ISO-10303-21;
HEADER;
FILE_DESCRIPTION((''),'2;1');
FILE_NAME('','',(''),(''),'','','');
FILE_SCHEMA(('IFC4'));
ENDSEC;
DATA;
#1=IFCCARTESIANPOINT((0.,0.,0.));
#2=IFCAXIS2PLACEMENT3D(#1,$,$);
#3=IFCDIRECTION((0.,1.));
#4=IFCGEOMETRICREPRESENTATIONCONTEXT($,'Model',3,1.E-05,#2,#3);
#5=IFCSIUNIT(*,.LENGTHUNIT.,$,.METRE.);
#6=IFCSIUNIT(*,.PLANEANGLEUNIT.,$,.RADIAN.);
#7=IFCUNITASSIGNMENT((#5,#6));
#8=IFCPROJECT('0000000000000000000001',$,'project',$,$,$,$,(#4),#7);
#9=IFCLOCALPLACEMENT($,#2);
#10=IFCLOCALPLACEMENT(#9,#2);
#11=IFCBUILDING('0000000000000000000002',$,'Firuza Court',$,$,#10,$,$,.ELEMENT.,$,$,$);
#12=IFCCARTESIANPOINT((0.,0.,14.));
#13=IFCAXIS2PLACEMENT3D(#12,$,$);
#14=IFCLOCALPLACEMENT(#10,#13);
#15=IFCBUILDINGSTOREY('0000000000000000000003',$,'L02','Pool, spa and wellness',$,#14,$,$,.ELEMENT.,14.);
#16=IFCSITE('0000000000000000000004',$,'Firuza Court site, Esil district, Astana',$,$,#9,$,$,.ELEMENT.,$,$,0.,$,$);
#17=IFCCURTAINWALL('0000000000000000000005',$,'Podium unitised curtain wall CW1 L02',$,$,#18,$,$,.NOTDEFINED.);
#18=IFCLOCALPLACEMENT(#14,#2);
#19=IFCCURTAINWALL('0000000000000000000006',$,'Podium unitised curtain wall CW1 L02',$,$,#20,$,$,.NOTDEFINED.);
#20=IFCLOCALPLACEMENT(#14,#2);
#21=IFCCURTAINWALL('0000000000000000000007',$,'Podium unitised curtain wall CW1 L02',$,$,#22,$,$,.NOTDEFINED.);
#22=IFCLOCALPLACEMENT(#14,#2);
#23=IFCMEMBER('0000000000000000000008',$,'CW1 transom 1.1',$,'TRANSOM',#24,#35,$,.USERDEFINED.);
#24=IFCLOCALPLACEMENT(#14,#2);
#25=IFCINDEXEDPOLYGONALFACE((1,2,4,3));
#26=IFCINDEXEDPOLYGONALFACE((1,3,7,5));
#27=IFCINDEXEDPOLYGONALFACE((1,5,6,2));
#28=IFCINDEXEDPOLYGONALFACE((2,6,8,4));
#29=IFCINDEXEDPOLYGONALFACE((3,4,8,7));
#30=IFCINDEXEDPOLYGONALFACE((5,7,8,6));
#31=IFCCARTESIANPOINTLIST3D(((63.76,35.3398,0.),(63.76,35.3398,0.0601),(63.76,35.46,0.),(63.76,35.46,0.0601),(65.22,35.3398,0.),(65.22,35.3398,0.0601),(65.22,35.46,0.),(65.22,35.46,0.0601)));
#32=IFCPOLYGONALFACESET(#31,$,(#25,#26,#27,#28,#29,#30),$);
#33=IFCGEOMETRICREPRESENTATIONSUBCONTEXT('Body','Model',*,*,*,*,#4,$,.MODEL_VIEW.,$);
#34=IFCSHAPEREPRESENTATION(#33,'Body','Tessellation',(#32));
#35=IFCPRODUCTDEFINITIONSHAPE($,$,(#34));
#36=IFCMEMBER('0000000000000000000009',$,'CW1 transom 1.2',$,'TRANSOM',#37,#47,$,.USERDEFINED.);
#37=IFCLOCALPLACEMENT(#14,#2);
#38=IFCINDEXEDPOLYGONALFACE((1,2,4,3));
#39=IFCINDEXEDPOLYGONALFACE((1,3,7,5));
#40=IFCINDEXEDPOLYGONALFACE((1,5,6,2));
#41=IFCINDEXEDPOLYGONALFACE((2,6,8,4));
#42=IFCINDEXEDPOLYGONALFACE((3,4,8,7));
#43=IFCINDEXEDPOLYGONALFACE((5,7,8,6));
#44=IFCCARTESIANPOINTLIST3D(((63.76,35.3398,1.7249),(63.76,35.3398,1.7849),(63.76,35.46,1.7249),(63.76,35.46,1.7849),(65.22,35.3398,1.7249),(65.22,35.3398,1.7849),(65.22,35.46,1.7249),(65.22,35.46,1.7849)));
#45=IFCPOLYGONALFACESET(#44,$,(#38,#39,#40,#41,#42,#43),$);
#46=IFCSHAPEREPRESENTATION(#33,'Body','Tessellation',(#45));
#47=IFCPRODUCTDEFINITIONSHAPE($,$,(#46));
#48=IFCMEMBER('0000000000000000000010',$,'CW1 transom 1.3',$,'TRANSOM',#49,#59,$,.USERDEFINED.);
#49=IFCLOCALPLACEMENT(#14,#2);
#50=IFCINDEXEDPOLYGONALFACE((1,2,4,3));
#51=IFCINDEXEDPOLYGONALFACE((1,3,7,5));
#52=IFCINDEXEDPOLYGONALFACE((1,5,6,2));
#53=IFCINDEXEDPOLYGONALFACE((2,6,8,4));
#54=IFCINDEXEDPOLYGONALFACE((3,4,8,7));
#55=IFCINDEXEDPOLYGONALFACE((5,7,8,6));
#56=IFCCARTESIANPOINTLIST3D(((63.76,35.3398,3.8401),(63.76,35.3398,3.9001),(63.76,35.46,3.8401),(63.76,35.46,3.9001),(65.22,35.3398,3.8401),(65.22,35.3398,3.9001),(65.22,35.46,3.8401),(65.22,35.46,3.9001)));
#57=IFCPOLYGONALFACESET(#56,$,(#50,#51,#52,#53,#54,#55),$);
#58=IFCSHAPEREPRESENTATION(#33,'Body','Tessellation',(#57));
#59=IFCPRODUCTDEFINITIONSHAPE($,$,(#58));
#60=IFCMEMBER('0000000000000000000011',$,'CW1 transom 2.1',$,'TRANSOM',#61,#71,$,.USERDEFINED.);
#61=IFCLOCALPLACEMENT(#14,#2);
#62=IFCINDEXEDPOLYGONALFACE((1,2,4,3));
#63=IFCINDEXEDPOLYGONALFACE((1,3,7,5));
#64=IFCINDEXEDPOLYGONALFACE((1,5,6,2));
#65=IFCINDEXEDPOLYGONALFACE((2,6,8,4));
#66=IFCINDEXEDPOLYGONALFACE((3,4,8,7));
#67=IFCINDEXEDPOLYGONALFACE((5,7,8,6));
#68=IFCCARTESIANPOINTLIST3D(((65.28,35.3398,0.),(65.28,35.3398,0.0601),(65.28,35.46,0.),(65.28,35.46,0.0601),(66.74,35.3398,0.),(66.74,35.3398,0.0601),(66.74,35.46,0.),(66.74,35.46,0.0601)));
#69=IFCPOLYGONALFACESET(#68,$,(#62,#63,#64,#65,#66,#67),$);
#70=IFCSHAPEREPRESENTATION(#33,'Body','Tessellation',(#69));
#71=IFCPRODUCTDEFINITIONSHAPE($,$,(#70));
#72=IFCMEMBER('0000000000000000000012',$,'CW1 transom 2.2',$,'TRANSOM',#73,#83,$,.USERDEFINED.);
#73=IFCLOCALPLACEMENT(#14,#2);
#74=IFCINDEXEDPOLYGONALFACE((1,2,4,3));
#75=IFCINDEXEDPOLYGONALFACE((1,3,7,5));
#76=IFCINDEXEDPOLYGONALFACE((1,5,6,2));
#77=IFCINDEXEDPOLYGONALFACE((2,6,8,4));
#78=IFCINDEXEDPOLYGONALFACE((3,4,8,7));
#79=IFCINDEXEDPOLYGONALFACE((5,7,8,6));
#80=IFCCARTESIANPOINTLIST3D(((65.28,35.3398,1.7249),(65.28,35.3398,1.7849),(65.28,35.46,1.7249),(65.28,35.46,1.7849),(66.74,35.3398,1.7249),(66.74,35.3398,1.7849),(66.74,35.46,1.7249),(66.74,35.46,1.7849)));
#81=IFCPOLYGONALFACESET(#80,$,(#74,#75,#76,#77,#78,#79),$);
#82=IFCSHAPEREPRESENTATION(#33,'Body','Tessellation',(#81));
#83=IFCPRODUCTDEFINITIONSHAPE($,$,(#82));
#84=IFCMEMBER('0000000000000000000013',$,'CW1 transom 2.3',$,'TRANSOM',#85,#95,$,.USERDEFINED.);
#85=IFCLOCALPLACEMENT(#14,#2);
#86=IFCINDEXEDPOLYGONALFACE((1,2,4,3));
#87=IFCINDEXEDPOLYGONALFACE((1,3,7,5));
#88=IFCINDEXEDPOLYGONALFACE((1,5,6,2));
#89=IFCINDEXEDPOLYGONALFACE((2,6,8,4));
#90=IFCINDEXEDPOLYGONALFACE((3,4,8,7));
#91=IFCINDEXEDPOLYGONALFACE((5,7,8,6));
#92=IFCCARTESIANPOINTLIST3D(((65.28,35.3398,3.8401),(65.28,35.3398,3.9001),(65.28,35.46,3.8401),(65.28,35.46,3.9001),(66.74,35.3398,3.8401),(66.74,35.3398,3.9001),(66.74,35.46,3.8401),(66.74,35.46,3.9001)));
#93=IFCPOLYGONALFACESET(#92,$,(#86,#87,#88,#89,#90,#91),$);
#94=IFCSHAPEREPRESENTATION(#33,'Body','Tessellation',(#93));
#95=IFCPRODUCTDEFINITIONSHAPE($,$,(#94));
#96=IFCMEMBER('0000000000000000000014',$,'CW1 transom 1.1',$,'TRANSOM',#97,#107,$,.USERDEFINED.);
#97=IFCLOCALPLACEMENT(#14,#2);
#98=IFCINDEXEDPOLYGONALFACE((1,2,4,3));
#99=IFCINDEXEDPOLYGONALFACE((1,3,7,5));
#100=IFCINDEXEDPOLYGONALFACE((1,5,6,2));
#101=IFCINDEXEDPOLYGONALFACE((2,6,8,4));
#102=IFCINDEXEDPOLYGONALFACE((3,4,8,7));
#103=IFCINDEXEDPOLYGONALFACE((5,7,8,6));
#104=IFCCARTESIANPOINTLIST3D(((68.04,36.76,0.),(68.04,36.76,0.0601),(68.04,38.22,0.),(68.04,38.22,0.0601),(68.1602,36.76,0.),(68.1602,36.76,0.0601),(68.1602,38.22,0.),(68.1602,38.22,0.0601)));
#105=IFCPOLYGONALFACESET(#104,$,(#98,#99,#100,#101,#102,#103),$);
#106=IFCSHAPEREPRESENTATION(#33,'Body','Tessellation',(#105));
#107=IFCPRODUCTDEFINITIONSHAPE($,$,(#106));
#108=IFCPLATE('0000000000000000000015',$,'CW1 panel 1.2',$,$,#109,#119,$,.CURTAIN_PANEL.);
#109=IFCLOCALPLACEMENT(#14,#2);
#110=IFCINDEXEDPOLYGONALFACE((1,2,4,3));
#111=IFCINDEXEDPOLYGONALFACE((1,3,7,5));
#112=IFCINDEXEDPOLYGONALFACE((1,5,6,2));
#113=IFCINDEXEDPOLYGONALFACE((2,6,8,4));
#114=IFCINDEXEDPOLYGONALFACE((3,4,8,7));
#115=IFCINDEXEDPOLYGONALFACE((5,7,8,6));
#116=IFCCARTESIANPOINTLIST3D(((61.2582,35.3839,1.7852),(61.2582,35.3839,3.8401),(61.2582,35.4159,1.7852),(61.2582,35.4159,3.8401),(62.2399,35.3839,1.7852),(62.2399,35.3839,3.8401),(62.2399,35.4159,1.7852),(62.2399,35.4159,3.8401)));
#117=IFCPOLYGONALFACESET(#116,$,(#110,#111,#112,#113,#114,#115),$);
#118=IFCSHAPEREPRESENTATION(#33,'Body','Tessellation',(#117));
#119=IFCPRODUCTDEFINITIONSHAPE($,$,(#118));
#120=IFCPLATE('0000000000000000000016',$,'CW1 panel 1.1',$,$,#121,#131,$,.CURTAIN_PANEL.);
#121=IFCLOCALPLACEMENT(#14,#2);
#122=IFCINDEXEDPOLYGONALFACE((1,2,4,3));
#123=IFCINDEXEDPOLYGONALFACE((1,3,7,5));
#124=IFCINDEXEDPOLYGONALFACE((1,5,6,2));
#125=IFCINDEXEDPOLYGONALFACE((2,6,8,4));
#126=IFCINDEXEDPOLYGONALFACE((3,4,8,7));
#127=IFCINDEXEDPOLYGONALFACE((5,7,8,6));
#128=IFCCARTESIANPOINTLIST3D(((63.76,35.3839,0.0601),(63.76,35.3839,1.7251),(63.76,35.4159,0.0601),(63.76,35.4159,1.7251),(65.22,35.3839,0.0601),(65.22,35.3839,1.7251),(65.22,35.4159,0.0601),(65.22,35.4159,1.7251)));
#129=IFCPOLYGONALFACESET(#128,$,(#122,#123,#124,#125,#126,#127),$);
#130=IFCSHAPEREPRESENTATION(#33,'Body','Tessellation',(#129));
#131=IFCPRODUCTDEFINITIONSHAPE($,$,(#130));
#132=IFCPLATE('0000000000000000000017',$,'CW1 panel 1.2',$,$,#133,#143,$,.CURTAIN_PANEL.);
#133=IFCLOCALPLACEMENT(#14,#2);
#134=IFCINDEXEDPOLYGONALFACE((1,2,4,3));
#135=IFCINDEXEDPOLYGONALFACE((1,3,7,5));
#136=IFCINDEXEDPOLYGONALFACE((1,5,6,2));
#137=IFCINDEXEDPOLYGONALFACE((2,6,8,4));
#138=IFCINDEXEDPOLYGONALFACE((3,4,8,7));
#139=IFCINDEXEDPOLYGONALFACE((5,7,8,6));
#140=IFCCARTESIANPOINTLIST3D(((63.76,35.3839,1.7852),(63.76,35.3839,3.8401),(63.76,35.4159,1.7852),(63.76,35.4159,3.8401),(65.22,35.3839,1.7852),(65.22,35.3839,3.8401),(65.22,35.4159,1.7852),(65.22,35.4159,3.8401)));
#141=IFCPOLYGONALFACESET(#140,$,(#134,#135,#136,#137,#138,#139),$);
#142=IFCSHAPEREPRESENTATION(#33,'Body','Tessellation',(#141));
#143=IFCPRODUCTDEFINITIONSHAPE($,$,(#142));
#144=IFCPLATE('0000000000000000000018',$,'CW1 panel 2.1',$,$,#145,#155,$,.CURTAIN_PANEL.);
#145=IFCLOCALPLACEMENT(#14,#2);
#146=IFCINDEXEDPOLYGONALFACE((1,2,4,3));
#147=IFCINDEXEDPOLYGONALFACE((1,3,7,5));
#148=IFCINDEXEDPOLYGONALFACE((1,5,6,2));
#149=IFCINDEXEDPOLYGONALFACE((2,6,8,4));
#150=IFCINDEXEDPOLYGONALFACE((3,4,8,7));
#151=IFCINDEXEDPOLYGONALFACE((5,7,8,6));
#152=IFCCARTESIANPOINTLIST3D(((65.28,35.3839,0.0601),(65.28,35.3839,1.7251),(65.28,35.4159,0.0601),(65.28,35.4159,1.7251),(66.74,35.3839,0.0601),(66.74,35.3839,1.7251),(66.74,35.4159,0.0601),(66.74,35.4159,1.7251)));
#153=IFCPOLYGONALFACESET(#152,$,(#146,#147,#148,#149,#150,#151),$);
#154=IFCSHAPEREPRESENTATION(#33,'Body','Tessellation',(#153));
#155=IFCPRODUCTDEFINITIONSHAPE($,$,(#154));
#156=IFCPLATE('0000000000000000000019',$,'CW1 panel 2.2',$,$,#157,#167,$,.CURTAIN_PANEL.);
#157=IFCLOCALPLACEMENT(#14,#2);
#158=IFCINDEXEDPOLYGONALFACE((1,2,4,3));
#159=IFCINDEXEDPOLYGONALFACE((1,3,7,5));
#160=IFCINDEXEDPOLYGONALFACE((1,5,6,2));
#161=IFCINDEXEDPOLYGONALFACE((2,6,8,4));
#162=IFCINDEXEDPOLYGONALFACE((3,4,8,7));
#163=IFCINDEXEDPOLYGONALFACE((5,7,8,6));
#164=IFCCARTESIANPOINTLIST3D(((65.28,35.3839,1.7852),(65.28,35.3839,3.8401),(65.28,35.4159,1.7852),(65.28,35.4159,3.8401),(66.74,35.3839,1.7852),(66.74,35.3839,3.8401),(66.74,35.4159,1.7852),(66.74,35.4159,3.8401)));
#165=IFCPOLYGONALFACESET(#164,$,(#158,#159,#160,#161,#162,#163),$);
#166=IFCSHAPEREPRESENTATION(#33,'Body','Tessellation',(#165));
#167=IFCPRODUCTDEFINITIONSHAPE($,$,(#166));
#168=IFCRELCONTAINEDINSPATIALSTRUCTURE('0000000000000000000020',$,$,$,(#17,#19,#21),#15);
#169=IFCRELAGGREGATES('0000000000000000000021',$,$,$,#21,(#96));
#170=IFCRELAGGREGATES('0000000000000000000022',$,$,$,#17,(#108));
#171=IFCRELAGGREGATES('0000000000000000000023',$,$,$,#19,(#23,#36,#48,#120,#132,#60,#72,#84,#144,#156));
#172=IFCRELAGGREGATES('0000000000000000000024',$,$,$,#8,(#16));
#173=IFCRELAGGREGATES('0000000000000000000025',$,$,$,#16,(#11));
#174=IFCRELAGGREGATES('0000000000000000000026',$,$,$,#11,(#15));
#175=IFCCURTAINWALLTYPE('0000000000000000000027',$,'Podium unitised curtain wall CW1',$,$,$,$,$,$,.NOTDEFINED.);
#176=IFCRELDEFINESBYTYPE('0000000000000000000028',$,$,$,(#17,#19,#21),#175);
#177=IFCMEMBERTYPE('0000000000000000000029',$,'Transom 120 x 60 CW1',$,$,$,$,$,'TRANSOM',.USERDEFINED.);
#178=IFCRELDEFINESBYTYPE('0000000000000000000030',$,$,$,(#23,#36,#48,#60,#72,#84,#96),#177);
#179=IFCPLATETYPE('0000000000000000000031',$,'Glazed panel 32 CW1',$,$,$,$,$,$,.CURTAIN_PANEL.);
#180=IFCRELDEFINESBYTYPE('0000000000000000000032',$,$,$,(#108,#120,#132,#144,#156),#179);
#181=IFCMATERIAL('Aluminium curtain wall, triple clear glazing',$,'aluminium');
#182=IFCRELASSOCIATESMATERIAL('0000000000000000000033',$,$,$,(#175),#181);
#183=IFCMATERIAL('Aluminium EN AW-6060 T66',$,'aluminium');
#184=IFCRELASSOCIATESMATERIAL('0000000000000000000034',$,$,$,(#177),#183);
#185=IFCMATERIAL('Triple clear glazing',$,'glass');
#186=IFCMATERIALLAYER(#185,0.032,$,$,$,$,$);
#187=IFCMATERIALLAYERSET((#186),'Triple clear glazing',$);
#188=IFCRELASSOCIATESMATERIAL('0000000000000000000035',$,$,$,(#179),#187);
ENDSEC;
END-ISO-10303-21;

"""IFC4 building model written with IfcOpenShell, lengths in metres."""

from ifc_helpers import new_model, si_unit, direction, frame, origin, origin_2d, place, context, subcontext, project, spatial, rectangle, extrude, material, layer, layer_set, material_profile, profile_set, type_object, element, aggregate, save


model = new_model("IFC4")

# Units and contexts
model_context = context("Model", 3, precision=1e-05, world=origin(), true_north=direction((0.0, 1.0)))
body_context = subcontext(model_context, "Body", "Model", "MODEL_VIEW")
ifc_project = project(units=[si_unit("LENGTHUNIT", "METRE"), si_unit("PLANEANGLEUNIT", "RADIAN")], contexts=[model_context])

# Site, building, storey
site_placement = place(None, origin())
site = spatial("IfcSite", under=ifc_project, at=site_placement, Name="Firuza Court site, Esil district, Astana", CompositionType="ELEMENT", RefElevation=0.0)
building_placement = place(site_placement, origin())
building = spatial("IfcBuilding", under=site, at=building_placement, Name="Firuza Court", CompositionType="ELEMENT")
storey_placement = place(building_placement, frame((0.0, 0.0, 14.0)))
storey = spatial("IfcBuildingStorey", under=building, at=storey_placement, Name="L02", Description="Pool, spa and wellness", CompositionType="ELEMENT", Elevation=14.0)

# Curtain wall
ifc_material_1 = material(Name="Aluminium curtain wall, triple clear glazing", Category="aluminium")
curtain_wall_type = type_object("IfcCurtainWallType", Name="Podium unitised curtain wall CW1", PredefinedType="NOTDEFINED", material=ifc_material_1)
curtain_wall_1_placement = place(storey_placement, origin())
curtain_wall_1 = element("IfcCurtainWall", 1, at=curtain_wall_1_placement, inside=storey, type_object=curtain_wall_type, Name="Podium unitised curtain wall CW1 L02", PredefinedType="NOTDEFINED")

# Curtain wall
curtain_wall_2_placement = place(storey_placement, origin())
curtain_wall_2 = element("IfcCurtainWall", 2, at=curtain_wall_2_placement, inside=storey, type_object=curtain_wall_type, Name="Podium unitised curtain wall CW1 L02", PredefinedType="NOTDEFINED")

# Curtain wall
curtain_wall_3_placement = place(storey_placement, origin())
curtain_wall_3 = element("IfcCurtainWall", 3, at=curtain_wall_3_placement, inside=storey, type_object=curtain_wall_type, Name="Podium unitised curtain wall CW1 L02", PredefinedType="NOTDEFINED")

# Members
ifc_material_2 = material(Name="Aluminium EN AW-6060 T66", Category="aluminium")
ifc_material_profile_1 = material_profile(ifc_material_2, rectangle(XDim=0.1201, YDim=0.0601, at=origin_2d()), Name="Transom 120 x 60 CW1")
ifc_profile_set_1 = profile_set([ifc_material_profile_1], Name="Aluminium EN AW-6060 T66")
member_type_1 = type_object("IfcMemberType", Name="Transom 120 x 60 CW1", ElementType="TRANSOM", PredefinedType="USERDEFINED", material=ifc_profile_set_1)
member_1_placement = place(storey_placement, frame((63.76, 35.3999, 0.03), z_axis=(1.0, 0.0, 0.0), x_axis=(0.0, 1.0, 0.0)))
member_1 = element("IfcMember", 4, at=member_1_placement, type_object=member_type_1, Name="CW1 transom 1.1", ObjectType="TRANSOM", PredefinedType="USERDEFINED", context=body_context, shape_type="SweptSolid", body=[
    extrude(rectangle(XDim=0.1201, YDim=0.0601, at=origin_2d()), origin(), (0.0, 0.0, 1.0), 1.46),
])
member_2_placement = place(storey_placement, frame((63.76, 35.3999, 1.7549), z_axis=(1.0, 0.0, 0.0), x_axis=(0.0, 1.0, 0.0)))
member_2 = element("IfcMember", 5, at=member_2_placement, type_object=member_type_1, Name="CW1 transom 1.2", ObjectType="TRANSOM", PredefinedType="USERDEFINED", context=body_context, shape_type="SweptSolid", body=[
    extrude(rectangle(XDim=0.1201, YDim=0.0601, at=origin_2d()), origin(), (0.0, 0.0, 1.0), 1.46),
])
member_3_placement = place(storey_placement, frame((63.76, 35.3999, 3.8701), z_axis=(1.0, 0.0, 0.0), x_axis=(0.0, 1.0, 0.0)))
member_3 = element("IfcMember", 6, at=member_3_placement, type_object=member_type_1, Name="CW1 transom 1.3", ObjectType="TRANSOM", PredefinedType="USERDEFINED", context=body_context, shape_type="SweptSolid", body=[
    extrude(rectangle(XDim=0.1201, YDim=0.0601, at=origin_2d()), origin(), (0.0, 0.0, 1.0), 1.46),
])
member_4_placement = place(storey_placement, frame((65.28, 35.3999, 0.03), z_axis=(1.0, 0.0, 0.0), x_axis=(0.0, 1.0, 0.0)))
member_4 = element("IfcMember", 7, at=member_4_placement, type_object=member_type_1, Name="CW1 transom 2.1", ObjectType="TRANSOM", PredefinedType="USERDEFINED", context=body_context, shape_type="SweptSolid", body=[
    extrude(rectangle(XDim=0.1201, YDim=0.0601, at=origin_2d()), origin(), (0.0, 0.0, 1.0), 1.46),
])
member_5_placement = place(storey_placement, frame((65.28, 35.3999, 1.7549), z_axis=(1.0, 0.0, 0.0), x_axis=(0.0, 1.0, 0.0)))
member_5 = element("IfcMember", 8, at=member_5_placement, type_object=member_type_1, Name="CW1 transom 2.2", ObjectType="TRANSOM", PredefinedType="USERDEFINED", context=body_context, shape_type="SweptSolid", body=[
    extrude(rectangle(XDim=0.1201, YDim=0.0601, at=origin_2d()), origin(), (0.0, 0.0, 1.0), 1.46),
])
member_6_placement = place(storey_placement, frame((65.28, 35.3999, 3.8701), z_axis=(1.0, 0.0, 0.0), x_axis=(0.0, 1.0, 0.0)))
member_6 = element("IfcMember", 9, at=member_6_placement, type_object=member_type_1, Name="CW1 transom 2.3", ObjectType="TRANSOM", PredefinedType="USERDEFINED", context=body_context, shape_type="SweptSolid", body=[
    extrude(rectangle(XDim=0.1201, YDim=0.0601, at=origin_2d()), origin(), (0.0, 0.0, 1.0), 1.46),
])
member_7_placement = place(storey_placement, frame((68.1001, 36.76, 0.03), z_axis=(0.0, 1.0, 0.0), x_axis=(-1.0, 0.0, 0.0)))
member_7 = element("IfcMember", 10, at=member_7_placement, type_object=member_type_1, Name="CW1 transom 1.1", ObjectType="TRANSOM", PredefinedType="USERDEFINED", context=body_context, shape_type="SweptSolid", body=[
    extrude(rectangle(XDim=0.1201, YDim=0.0601, at=origin_2d()), origin(), (0.0, 0.0, 1.0), 1.46),
])
aggregate(curtain_wall_3, [member_7])

# Plates
ifc_material_3 = material(Name="Triple clear glazing", Category="glass")
ifc_layer_1 = layer(ifc_material_3, 0.032)
ifc_layer_set_1 = layer_set([ifc_layer_1], Name="Triple clear glazing")
plate_type = type_object("IfcPlateType", Name="Glazed panel 32 CW1", PredefinedType="CURTAIN_PANEL", material=ifc_layer_set_1)
plate_1_placement = place(storey_placement, frame((61.749, 35.3999, 1.7852), z_axis=(0.0, 0.0, 1.0), x_axis=(1.0, 0.0, 0.0)))
plate_1 = element("IfcPlate", 11, at=plate_1_placement, type_object=plate_type, Name="CW1 panel 1.2", PredefinedType="CURTAIN_PANEL", context=body_context, shape_type="SweptSolid", body=[
    extrude(rectangle(XDim=0.9817, YDim=0.032, at=origin_2d()), origin(), (0.0, 0.0, 1.0), 2.0549),
])
aggregate(curtain_wall_1, [plate_1])
plate_2_placement = place(storey_placement, frame((64.49, 35.3999, 0.0601), z_axis=(0.0, 0.0, 1.0), x_axis=(1.0, 0.0, 0.0)))
plate_2 = element("IfcPlate", 12, at=plate_2_placement, type_object=plate_type, Name="CW1 panel 1.1", PredefinedType="CURTAIN_PANEL", context=body_context, shape_type="SweptSolid", body=[
    extrude(rectangle(XDim=1.46, YDim=0.032, at=origin_2d()), origin(), (0.0, 0.0, 1.0), 1.665),
])
plate_3_placement = place(storey_placement, frame((64.49, 35.3999, 1.7852), z_axis=(0.0, 0.0, 1.0), x_axis=(1.0, 0.0, 0.0)))
plate_3 = element("IfcPlate", 13, at=plate_3_placement, type_object=plate_type, Name="CW1 panel 1.2", PredefinedType="CURTAIN_PANEL", context=body_context, shape_type="SweptSolid", body=[
    extrude(rectangle(XDim=1.46, YDim=0.032, at=origin_2d()), origin(), (0.0, 0.0, 1.0), 2.0549),
])
plate_4_placement = place(storey_placement, frame((66.01, 35.3999, 0.0601), z_axis=(0.0, 0.0, 1.0), x_axis=(1.0, 0.0, 0.0)))
plate_4 = element("IfcPlate", 14, at=plate_4_placement, type_object=plate_type, Name="CW1 panel 2.1", PredefinedType="CURTAIN_PANEL", context=body_context, shape_type="SweptSolid", body=[
    extrude(rectangle(XDim=1.46, YDim=0.032, at=origin_2d()), origin(), (0.0, 0.0, 1.0), 1.665),
])
plate_5_placement = place(storey_placement, frame((66.01, 35.3999, 1.7852), z_axis=(0.0, 0.0, 1.0), x_axis=(1.0, 0.0, 0.0)))
plate_5 = element("IfcPlate", 15, at=plate_5_placement, type_object=plate_type, Name="CW1 panel 2.2", PredefinedType="CURTAIN_PANEL", context=body_context, shape_type="SweptSolid", body=[
    extrude(rectangle(XDim=1.46, YDim=0.032, at=origin_2d()), origin(), (0.0, 0.0, 1.0), 2.0549),
])
aggregate(curtain_wall_2, [member_1, member_2, member_3, plate_2, plate_3, member_4, member_5, member_6, plate_4, plate_5])

save(model, "model.ifc")
